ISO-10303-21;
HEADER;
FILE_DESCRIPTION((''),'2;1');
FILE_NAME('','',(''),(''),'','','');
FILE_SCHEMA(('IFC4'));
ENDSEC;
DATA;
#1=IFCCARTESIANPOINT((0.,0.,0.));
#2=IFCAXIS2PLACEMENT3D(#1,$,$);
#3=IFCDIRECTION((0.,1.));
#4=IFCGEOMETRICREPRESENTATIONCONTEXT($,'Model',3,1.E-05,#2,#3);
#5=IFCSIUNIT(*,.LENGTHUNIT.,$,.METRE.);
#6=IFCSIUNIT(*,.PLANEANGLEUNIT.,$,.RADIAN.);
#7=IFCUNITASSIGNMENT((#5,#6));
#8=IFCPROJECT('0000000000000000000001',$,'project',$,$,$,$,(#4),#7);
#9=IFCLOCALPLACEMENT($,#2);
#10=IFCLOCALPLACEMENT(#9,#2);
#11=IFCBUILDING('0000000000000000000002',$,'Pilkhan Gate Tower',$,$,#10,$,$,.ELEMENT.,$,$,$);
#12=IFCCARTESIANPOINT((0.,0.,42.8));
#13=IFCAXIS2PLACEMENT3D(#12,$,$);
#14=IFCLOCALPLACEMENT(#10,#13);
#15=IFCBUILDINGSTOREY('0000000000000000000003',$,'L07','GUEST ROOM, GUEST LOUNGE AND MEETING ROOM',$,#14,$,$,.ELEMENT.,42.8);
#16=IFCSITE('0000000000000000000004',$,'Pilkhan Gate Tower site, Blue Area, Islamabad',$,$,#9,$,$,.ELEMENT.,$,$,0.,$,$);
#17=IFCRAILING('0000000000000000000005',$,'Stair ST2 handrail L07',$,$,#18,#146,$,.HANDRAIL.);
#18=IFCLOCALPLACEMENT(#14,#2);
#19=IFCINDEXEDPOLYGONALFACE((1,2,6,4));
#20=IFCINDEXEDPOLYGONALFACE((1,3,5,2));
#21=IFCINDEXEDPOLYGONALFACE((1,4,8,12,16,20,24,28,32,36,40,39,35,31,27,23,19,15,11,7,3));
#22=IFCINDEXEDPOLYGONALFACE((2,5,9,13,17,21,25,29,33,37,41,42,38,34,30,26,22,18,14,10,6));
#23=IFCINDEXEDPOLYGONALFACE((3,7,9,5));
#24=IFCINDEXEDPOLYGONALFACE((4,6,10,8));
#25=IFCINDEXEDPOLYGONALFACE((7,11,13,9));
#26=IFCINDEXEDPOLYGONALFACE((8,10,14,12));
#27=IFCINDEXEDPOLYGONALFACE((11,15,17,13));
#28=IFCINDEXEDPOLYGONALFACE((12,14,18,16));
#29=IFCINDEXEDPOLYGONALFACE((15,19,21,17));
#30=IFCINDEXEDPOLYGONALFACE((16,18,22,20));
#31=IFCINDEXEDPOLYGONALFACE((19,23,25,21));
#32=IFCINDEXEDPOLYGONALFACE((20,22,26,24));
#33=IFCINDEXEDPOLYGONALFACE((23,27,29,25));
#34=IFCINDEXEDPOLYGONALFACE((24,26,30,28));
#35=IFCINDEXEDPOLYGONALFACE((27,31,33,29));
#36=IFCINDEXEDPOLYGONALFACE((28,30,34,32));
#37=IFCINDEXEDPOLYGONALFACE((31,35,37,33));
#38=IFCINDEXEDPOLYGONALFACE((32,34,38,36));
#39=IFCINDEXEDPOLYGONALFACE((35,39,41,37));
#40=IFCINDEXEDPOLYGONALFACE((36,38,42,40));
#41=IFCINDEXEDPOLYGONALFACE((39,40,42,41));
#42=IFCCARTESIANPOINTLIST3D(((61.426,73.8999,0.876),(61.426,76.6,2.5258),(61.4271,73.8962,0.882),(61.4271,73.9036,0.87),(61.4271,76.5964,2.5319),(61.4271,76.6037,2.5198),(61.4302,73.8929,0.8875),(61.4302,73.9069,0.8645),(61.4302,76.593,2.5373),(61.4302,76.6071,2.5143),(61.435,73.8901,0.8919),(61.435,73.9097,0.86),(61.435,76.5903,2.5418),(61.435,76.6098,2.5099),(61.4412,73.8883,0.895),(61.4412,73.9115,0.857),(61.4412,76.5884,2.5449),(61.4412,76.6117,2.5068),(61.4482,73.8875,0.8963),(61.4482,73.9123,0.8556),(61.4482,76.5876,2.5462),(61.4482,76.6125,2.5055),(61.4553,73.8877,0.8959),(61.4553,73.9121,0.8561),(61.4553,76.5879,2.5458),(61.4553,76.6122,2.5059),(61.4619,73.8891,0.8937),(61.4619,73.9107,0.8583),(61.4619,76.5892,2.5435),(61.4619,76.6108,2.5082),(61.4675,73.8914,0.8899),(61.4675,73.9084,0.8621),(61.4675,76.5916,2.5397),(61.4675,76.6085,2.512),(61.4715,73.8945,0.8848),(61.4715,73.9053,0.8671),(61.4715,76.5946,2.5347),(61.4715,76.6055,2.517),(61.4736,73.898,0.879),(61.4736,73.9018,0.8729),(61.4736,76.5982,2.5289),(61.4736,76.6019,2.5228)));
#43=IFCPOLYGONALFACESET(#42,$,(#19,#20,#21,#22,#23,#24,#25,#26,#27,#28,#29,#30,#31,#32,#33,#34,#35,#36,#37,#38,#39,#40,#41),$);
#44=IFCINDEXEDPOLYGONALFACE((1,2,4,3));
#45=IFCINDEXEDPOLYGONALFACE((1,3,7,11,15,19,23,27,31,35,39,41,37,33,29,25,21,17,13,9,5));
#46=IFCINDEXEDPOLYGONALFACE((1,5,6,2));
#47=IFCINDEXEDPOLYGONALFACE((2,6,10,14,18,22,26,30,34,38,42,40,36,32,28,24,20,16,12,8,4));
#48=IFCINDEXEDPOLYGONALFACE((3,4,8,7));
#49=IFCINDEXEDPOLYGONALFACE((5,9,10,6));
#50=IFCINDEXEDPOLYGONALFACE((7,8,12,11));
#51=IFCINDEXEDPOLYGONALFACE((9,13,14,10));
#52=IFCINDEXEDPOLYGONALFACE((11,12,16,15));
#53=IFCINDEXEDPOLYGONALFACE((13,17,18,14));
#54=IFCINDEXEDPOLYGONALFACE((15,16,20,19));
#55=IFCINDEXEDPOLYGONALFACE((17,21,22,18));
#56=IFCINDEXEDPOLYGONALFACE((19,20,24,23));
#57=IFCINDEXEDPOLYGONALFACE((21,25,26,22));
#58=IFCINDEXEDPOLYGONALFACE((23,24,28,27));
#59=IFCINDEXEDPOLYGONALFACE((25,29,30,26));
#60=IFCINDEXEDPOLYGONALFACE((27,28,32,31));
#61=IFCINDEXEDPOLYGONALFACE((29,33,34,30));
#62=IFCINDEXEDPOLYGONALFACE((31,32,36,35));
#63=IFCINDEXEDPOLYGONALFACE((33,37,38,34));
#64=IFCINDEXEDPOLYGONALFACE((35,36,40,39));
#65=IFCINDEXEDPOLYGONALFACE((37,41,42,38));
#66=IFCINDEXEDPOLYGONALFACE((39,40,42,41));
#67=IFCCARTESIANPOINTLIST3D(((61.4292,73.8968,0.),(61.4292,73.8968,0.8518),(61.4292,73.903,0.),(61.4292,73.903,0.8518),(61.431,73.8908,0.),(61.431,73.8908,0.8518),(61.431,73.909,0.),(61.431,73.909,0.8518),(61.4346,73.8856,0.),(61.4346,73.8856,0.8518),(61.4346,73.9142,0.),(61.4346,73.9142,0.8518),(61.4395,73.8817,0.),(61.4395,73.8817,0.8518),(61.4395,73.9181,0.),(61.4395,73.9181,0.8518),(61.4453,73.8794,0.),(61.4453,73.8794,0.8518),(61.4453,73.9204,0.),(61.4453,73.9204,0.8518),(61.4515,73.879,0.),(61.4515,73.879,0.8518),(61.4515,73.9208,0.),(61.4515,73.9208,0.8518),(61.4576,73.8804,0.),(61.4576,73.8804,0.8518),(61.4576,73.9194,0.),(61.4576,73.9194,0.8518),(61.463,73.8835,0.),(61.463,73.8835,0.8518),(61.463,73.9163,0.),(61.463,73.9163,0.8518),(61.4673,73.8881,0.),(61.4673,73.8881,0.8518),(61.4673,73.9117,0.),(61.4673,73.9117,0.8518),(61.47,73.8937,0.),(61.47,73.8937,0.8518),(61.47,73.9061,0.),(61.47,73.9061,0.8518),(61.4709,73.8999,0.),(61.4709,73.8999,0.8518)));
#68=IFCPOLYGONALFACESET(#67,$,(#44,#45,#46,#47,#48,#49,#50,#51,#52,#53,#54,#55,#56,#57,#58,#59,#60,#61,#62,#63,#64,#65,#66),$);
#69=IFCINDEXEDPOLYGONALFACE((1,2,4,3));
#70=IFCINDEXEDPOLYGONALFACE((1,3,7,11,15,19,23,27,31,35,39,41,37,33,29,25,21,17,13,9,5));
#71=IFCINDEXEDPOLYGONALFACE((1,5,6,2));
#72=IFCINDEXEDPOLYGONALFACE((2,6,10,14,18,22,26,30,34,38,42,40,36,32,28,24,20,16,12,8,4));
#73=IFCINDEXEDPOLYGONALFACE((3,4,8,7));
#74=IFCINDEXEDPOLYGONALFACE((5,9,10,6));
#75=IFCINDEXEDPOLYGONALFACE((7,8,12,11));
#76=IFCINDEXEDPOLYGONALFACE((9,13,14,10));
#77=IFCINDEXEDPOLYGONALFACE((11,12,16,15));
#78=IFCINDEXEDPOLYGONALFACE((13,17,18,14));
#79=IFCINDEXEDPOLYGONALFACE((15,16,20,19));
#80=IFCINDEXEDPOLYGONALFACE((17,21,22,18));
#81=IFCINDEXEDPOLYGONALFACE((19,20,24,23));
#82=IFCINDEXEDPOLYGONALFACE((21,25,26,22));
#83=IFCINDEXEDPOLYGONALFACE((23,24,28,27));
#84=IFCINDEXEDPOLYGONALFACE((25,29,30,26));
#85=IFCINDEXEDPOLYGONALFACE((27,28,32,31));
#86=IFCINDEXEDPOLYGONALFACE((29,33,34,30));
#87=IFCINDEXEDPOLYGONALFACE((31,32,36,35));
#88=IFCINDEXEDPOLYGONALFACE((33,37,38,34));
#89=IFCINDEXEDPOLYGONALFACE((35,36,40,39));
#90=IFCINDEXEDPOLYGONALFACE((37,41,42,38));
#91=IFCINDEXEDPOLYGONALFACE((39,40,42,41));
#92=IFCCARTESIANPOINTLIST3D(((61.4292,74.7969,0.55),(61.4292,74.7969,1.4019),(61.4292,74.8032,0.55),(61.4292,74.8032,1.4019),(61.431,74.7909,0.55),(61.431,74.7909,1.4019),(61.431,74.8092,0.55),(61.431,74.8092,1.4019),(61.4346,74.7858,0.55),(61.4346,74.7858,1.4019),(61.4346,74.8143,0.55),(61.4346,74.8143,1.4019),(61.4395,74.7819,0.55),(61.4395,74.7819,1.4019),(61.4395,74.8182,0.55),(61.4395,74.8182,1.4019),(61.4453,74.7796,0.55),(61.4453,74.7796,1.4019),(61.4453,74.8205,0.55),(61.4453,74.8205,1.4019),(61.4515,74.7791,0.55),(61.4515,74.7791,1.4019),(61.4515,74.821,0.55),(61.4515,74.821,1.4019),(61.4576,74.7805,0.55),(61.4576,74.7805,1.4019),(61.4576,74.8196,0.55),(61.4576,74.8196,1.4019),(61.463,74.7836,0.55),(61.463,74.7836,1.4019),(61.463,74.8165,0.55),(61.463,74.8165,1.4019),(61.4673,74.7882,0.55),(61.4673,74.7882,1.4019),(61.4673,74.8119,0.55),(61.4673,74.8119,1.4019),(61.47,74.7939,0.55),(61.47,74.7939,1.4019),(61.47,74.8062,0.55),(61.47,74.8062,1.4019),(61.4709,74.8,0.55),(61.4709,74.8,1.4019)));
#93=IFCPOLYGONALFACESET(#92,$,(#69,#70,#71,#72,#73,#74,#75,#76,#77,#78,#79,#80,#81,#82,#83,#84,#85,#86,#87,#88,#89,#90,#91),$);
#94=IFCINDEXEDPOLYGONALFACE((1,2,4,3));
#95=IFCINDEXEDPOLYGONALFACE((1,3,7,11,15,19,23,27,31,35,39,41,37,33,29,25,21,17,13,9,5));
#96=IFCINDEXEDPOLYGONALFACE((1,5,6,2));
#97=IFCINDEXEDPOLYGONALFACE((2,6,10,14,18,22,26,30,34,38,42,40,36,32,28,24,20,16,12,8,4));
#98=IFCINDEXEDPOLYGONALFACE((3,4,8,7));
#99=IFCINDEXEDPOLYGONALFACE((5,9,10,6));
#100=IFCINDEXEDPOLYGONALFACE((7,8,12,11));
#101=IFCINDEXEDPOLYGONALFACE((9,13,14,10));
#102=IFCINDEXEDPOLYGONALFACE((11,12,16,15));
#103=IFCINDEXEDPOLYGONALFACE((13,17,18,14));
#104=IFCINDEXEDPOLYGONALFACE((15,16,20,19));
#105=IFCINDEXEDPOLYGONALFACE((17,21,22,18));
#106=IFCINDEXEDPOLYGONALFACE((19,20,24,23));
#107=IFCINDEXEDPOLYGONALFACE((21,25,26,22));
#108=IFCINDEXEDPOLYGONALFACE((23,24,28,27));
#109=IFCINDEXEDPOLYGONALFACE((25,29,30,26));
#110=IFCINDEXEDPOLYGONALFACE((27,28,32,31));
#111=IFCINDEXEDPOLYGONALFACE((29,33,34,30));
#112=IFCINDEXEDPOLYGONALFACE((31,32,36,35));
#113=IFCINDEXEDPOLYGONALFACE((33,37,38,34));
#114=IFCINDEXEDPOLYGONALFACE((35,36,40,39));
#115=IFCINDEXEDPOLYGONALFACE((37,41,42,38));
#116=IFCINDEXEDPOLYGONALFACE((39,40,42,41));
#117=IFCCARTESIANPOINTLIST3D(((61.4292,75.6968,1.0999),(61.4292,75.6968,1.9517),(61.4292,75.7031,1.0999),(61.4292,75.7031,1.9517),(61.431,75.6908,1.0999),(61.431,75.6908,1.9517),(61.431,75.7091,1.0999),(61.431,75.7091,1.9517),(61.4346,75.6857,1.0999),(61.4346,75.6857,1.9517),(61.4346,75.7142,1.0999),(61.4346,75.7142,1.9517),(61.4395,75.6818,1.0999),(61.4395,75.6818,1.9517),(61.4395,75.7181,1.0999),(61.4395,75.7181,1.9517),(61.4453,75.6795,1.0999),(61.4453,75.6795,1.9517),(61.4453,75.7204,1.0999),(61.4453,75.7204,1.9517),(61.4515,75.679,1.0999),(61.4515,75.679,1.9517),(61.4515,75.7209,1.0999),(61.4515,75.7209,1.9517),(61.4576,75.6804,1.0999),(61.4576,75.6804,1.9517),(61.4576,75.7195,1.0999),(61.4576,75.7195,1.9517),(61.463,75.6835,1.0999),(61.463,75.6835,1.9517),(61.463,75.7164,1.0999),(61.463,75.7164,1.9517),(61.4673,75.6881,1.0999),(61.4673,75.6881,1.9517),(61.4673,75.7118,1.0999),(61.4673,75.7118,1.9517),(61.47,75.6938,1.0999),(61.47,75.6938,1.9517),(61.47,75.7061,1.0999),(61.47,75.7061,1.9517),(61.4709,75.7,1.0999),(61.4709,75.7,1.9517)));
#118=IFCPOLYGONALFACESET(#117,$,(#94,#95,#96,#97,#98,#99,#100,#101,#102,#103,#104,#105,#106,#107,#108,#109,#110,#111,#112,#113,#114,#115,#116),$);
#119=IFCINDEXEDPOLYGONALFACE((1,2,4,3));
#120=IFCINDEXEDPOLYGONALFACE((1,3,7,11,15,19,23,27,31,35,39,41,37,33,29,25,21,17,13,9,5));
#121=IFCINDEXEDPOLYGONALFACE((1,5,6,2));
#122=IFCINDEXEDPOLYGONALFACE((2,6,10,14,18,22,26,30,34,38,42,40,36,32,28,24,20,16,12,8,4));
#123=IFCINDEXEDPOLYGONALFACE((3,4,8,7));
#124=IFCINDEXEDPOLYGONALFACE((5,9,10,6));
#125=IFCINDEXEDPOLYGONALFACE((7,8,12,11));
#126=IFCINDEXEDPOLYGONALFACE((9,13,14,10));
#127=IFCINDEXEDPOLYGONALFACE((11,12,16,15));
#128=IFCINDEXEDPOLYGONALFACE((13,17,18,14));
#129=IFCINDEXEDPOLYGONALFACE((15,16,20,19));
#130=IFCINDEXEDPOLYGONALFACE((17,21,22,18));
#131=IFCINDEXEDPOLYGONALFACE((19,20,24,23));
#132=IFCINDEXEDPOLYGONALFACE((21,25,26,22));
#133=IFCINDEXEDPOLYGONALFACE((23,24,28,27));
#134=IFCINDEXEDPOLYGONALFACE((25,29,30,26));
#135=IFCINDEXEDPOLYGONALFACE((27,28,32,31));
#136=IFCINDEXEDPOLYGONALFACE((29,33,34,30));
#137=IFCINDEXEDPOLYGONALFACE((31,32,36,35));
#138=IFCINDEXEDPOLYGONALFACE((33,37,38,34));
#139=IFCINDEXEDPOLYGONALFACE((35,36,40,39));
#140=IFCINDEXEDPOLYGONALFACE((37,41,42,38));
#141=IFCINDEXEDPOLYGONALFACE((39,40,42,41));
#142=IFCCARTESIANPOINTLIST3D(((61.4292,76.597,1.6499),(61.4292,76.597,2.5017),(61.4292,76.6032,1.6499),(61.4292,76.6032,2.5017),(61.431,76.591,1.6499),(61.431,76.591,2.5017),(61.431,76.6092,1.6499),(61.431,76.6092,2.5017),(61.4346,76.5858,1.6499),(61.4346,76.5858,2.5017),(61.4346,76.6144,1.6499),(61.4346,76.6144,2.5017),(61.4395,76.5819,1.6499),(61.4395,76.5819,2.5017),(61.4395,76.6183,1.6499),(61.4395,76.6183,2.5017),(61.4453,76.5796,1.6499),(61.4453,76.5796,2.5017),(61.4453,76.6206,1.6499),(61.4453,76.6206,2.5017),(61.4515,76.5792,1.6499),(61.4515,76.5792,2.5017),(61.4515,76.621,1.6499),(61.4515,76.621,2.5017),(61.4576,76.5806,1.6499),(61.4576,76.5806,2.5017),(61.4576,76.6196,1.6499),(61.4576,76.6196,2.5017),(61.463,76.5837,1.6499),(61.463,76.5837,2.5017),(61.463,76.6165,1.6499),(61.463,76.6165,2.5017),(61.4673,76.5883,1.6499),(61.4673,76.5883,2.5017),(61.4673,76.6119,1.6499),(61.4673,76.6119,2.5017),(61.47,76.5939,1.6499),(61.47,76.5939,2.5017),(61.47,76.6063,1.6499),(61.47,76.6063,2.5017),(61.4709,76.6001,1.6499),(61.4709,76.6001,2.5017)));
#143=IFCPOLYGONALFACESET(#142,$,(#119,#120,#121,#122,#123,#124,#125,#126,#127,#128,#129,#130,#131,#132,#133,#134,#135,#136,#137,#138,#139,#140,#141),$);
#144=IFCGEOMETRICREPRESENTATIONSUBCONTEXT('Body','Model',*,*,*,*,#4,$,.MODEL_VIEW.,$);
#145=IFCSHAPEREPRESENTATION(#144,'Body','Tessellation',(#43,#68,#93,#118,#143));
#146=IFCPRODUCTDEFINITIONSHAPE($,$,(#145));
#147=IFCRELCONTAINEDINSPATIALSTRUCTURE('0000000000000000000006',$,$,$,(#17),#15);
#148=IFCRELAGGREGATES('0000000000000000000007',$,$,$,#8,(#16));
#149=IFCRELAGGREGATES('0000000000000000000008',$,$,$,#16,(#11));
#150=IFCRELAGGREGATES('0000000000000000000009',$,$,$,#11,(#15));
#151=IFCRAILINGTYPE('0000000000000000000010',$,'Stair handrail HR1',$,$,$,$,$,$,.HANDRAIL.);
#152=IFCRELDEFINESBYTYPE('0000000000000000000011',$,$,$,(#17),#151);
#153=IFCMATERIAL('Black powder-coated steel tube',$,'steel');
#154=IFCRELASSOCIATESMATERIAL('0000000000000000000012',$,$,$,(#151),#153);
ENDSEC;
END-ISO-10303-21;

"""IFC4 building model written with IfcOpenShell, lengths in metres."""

from ifc_helpers import new_model, si_unit, direction, frame, origin, origin_2d, place, context, subcontext, project, spatial, circle, extrude, material, type_object, element, save


model = new_model("IFC4")

# Units and contexts
model_context = context("Model", 3, precision=1e-05, world=origin(), true_north=direction((0.0, 1.0)))
body_context = subcontext(model_context, "Body", "Model", "MODEL_VIEW")
ifc_project = project(units=[si_unit("LENGTHUNIT", "METRE"), si_unit("PLANEANGLEUNIT", "RADIAN")], contexts=[model_context])

# Site, building, storey
site_placement = place(None, origin())
site = spatial("IfcSite", under=ifc_project, at=site_placement, Name="Pilkhan Gate Tower site, Blue Area, Islamabad", CompositionType="ELEMENT", RefElevation=0.0)
building_placement = place(site_placement, origin())
building = spatial("IfcBuilding", under=site, at=building_placement, Name="Pilkhan Gate Tower", CompositionType="ELEMENT")
storey_placement = place(building_placement, frame((0.0, 0.0, 42.8)))
storey = spatial("IfcBuildingStorey", under=building, at=storey_placement, Name="L07", Description="GUEST ROOM, GUEST LOUNGE AND MEETING ROOM", CompositionType="ELEMENT", Elevation=42.8)

# Railing
ifc_material_1 = material(Name="Black powder-coated steel tube", Category="steel")
railing_type_1 = type_object("IfcRailingType", Name="Stair handrail HR1", PredefinedType="HANDRAIL", material=ifc_material_1)
railing_1_placement = place(storey_placement, frame((61.45, 73.8999, 0.0)))
element("IfcRailing", 1, at=railing_1_placement, inside=storey, type_object=railing_type_1, Name="Stair ST2 handrail L07", PredefinedType="HANDRAIL", context=body_context, shape_type="SweptSolid", body=[
    extrude(circle(Radius=0.0239, at=origin_2d()), frame((0.0, 0.0, 0.876), z_axis=(0.0, 0.853312, 0.5214), x_axis=(-1.0, 0.0, 0.0)), (0.0, 0.0, 1.0), 3.1643),
    extrude(circle(Radius=0.021, at=origin_2d()), origin(), (0.0, 0.0, 1.0), 0.8518),
    extrude(circle(Radius=0.021, at=origin_2d()), frame((0.0, 0.9001, 0.55)), (0.0, 0.0, 1.0), 0.8518),
    extrude(circle(Radius=0.021, at=origin_2d()), frame((0.0, 1.8, 1.0999)), (0.0, 0.0, 1.0), 0.8518),
    extrude(circle(Radius=0.021, at=origin_2d()), frame((0.0, 2.7002, 1.6499)), (0.0, 0.0, 1.0), 0.8518),
])

save(model, "model.ifc")
